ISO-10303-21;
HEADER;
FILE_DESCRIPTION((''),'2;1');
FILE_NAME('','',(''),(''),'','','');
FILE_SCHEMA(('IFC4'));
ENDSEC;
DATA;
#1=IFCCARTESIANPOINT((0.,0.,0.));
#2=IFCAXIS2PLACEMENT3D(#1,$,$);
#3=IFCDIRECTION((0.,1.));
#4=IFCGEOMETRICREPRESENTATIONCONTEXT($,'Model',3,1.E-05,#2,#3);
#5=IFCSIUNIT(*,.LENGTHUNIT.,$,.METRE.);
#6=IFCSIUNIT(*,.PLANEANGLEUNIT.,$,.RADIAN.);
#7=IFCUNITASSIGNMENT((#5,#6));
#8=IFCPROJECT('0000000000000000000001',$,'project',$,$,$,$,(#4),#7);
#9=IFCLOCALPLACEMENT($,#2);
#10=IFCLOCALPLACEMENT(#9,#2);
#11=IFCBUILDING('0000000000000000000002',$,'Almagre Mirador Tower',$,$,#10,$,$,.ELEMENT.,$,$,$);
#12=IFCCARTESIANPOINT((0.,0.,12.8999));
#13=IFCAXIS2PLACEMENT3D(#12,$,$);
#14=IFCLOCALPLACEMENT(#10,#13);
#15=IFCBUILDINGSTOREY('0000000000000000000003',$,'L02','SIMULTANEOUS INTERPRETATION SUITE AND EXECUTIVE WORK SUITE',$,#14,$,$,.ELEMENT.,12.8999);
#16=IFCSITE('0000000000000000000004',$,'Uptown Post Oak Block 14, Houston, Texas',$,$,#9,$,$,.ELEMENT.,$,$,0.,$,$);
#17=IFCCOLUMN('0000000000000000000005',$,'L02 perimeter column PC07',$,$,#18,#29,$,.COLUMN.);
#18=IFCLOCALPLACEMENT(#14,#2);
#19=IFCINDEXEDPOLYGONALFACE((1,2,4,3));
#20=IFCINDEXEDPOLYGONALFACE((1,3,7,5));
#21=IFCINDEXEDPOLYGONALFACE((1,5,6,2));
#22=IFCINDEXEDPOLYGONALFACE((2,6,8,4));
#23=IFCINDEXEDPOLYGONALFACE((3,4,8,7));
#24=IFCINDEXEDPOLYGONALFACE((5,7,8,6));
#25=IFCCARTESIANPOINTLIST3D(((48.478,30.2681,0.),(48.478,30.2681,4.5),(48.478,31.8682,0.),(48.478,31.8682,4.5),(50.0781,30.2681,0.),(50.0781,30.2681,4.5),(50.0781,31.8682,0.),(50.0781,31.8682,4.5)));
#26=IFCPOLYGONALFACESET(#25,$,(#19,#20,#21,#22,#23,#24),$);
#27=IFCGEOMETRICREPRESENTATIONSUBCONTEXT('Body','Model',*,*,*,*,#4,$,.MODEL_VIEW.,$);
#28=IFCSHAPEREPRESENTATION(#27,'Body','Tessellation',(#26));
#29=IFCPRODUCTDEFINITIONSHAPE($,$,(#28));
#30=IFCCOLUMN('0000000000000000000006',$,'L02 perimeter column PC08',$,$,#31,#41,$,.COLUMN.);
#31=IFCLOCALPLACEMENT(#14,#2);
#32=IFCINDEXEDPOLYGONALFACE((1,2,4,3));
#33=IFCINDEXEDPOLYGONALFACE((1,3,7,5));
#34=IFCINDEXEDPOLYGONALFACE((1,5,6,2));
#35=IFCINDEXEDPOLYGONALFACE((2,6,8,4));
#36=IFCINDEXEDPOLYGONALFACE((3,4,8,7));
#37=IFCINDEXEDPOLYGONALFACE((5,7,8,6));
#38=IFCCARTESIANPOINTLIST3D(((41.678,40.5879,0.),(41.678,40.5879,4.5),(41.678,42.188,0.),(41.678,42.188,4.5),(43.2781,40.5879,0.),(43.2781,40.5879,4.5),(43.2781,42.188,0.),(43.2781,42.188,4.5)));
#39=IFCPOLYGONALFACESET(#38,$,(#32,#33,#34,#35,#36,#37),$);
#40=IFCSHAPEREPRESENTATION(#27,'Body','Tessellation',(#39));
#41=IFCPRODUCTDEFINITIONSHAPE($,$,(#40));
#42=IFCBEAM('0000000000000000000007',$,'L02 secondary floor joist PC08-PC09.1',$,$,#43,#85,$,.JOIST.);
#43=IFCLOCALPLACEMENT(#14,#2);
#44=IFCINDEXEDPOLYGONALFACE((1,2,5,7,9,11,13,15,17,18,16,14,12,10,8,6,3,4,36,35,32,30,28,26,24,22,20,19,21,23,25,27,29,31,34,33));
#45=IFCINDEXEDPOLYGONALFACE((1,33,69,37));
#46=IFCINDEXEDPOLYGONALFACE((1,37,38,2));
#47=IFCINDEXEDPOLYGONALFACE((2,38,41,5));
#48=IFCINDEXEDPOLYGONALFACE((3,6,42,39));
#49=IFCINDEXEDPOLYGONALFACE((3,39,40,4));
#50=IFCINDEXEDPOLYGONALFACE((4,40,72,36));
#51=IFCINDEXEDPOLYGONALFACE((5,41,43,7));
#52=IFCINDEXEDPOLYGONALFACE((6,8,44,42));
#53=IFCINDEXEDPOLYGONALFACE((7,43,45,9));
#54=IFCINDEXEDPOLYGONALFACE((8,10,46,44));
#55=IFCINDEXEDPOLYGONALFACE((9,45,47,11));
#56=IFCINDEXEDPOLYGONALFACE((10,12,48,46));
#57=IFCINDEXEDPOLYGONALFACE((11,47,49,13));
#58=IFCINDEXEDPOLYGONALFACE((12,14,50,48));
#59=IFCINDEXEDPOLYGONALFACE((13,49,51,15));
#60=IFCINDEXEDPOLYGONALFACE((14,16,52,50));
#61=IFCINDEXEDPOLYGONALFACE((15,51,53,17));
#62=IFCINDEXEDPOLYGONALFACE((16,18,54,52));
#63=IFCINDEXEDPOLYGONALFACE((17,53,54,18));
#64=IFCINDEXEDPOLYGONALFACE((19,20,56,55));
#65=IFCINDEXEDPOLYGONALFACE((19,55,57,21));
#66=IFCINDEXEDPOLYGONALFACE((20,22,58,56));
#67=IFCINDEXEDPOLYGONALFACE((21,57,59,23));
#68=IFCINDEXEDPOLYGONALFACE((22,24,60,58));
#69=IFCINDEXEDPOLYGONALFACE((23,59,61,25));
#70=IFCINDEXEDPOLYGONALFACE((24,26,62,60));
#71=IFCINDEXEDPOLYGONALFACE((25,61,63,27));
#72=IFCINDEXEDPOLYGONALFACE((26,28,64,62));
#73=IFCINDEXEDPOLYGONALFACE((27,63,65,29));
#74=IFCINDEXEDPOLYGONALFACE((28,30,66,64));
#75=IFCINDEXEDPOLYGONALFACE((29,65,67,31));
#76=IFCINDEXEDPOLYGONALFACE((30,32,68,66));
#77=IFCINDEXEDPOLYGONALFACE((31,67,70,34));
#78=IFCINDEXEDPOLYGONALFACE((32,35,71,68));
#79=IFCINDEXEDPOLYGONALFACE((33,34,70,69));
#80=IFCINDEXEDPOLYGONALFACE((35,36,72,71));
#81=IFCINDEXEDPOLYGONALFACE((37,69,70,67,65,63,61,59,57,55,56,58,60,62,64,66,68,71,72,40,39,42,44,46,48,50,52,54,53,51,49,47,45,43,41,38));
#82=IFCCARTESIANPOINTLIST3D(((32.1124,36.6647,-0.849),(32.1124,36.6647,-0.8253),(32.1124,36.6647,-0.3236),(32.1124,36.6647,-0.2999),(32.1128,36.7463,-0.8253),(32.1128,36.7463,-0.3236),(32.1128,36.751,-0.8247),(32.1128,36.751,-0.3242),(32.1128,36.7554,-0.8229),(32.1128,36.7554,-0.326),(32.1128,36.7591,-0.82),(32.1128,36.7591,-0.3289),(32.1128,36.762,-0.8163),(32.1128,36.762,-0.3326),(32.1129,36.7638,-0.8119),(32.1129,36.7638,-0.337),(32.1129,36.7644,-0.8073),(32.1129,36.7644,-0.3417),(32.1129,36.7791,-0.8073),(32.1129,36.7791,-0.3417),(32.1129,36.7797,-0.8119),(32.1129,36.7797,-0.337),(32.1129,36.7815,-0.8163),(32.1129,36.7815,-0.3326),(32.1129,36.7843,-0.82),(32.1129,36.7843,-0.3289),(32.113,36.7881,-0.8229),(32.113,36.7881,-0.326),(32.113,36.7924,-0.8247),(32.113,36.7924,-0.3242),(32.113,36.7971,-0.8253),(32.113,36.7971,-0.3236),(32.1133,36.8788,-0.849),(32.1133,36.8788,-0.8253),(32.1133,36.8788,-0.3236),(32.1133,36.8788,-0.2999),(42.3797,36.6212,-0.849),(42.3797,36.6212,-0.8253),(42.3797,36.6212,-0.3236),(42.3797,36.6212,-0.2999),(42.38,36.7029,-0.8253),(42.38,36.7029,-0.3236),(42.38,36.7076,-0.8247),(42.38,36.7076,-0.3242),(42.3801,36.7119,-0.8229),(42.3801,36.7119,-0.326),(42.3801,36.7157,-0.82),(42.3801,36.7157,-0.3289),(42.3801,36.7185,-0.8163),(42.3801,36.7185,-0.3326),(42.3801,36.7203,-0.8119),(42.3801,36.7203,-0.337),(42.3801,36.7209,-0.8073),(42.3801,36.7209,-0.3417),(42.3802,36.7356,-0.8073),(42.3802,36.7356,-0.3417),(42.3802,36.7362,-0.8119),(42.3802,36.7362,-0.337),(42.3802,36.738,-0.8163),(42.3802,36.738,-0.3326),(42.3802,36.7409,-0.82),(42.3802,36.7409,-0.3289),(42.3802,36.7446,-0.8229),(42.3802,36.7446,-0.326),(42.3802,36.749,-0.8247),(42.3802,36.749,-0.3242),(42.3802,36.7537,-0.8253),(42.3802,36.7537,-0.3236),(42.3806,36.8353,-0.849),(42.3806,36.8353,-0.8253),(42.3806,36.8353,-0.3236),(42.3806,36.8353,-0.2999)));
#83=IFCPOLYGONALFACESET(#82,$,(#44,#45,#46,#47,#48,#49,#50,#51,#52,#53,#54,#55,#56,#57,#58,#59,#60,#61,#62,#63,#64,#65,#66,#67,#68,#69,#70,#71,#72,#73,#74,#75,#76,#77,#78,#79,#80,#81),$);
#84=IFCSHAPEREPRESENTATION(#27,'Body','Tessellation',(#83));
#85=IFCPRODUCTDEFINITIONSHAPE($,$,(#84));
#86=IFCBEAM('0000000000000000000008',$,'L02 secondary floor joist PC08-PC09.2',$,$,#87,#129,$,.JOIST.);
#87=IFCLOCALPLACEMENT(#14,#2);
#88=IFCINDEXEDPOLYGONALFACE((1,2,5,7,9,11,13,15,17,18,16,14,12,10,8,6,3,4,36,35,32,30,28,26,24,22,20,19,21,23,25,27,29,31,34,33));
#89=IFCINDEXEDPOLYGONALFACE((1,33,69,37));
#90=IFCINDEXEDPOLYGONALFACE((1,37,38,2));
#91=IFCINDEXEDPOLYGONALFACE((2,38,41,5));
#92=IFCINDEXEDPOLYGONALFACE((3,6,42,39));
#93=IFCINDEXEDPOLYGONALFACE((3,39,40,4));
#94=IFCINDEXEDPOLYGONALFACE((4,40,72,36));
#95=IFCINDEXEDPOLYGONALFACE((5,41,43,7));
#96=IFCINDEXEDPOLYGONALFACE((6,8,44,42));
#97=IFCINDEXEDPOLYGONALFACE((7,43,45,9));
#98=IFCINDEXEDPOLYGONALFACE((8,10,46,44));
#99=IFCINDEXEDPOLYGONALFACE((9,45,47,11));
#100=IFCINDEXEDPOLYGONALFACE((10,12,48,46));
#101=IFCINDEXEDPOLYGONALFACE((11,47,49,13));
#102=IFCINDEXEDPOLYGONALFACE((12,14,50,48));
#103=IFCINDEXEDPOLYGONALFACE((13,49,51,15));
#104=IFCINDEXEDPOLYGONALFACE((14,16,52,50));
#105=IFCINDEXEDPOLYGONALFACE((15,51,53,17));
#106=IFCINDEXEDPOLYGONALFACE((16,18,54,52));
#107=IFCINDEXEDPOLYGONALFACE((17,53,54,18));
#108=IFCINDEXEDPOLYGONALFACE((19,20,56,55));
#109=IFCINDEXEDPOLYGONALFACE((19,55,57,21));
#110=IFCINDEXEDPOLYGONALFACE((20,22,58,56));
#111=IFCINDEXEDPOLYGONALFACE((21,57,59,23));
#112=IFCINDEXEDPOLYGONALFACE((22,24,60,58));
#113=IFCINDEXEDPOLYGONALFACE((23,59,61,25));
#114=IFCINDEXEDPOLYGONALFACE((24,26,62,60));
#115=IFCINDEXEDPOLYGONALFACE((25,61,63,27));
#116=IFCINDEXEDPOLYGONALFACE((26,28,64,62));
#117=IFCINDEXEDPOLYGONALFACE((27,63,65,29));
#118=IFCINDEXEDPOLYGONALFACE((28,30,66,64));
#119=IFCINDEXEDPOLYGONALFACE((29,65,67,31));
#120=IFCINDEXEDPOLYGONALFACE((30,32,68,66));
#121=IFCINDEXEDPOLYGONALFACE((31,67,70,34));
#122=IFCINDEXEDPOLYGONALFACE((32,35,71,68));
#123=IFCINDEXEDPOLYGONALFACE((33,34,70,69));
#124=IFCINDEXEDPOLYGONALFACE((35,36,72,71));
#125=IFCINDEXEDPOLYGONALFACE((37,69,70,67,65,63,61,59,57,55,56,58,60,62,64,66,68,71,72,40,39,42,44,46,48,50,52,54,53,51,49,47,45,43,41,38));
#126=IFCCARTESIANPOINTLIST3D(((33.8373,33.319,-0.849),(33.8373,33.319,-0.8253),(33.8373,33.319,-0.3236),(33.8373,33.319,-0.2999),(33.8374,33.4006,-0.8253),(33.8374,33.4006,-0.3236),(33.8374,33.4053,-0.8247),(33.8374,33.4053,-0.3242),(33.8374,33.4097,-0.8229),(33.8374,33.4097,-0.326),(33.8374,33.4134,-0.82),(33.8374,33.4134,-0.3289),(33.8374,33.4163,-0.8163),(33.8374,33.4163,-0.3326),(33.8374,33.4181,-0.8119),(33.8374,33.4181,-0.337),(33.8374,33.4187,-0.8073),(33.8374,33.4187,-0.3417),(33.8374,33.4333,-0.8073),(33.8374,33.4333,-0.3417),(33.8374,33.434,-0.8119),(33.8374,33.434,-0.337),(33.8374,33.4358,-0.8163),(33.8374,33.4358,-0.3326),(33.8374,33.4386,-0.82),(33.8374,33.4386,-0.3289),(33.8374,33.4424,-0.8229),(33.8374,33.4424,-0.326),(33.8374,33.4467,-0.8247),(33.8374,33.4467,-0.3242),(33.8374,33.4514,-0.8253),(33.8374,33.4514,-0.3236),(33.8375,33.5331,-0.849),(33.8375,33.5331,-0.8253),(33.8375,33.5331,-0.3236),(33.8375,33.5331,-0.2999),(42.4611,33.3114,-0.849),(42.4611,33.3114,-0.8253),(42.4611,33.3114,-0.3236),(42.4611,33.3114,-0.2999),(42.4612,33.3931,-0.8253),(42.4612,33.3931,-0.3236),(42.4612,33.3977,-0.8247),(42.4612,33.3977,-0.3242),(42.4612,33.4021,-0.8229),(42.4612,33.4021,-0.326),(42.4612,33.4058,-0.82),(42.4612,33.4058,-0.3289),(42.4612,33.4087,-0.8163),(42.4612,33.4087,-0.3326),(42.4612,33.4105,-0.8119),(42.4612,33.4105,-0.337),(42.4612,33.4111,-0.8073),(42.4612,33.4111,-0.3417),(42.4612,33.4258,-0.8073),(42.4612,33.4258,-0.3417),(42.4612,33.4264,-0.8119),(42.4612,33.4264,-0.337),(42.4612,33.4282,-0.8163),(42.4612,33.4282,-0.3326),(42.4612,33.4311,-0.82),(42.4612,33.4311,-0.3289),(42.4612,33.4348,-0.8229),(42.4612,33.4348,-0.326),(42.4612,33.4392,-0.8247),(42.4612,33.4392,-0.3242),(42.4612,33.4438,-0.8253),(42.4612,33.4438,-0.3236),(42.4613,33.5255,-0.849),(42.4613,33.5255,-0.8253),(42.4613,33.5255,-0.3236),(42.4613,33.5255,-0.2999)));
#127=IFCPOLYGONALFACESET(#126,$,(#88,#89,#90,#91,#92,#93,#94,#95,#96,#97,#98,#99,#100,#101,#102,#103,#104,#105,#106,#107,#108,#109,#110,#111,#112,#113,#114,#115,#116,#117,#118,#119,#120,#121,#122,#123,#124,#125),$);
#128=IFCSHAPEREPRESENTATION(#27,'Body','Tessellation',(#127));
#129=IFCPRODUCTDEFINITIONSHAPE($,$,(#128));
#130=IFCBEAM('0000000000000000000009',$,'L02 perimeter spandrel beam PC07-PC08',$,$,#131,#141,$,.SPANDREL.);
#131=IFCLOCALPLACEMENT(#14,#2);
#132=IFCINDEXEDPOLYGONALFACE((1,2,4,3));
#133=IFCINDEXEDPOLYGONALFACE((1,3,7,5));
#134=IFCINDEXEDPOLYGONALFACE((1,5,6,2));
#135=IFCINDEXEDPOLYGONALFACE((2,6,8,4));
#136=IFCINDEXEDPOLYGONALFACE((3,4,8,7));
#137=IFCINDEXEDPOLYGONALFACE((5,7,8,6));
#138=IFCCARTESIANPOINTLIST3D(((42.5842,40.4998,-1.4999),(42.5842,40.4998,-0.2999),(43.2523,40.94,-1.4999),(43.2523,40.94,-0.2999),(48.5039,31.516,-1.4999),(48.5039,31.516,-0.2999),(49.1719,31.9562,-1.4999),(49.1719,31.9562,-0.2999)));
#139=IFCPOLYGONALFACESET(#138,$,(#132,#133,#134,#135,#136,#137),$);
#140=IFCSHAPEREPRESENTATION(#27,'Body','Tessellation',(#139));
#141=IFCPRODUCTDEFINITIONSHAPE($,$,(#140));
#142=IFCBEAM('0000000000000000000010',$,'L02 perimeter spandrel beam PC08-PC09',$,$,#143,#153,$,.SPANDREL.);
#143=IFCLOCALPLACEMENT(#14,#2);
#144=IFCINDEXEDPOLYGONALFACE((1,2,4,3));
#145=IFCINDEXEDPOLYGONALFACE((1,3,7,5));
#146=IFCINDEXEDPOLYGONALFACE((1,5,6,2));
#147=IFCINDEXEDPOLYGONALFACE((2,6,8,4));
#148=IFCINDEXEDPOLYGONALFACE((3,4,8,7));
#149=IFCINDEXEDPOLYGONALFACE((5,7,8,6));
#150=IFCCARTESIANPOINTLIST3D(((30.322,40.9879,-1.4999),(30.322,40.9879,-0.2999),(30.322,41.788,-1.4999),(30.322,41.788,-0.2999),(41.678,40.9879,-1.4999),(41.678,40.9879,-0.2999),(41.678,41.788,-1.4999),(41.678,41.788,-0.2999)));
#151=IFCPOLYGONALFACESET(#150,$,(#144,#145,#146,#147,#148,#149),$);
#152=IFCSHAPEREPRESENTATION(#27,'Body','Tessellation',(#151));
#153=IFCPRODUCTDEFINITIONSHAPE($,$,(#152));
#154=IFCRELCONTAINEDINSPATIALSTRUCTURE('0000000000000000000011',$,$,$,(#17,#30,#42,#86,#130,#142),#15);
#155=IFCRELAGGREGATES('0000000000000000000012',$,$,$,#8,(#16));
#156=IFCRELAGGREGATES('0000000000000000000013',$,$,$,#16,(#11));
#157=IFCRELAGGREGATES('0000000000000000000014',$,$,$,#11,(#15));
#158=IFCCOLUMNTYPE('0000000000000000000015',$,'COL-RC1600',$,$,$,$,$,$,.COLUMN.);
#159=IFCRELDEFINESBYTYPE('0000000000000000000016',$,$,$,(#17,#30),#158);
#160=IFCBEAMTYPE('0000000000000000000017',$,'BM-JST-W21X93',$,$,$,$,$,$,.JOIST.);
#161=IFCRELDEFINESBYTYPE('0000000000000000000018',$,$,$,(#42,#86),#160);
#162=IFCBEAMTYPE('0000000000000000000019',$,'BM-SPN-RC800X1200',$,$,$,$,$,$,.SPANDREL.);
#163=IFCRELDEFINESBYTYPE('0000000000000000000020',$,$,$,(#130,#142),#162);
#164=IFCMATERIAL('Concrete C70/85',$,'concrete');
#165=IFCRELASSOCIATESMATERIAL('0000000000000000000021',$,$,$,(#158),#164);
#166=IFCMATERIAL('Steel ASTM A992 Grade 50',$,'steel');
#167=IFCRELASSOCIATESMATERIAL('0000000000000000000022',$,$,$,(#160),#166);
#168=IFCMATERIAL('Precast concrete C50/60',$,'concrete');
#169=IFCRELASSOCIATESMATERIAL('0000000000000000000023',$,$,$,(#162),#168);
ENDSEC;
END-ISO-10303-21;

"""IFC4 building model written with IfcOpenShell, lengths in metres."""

from ifc_helpers import new_model, si_unit, direction, frame, origin, origin_2d, place, context, subcontext, project, spatial, rectangle, i_section, extrude, material, material_profile, profile_set, type_object, element, save


model = new_model("IFC4")

# Units and contexts
model_context = context("Model", 3, precision=1e-05, world=origin(), true_north=direction((0.0, 1.0)))
body_context = subcontext(model_context, "Body", "Model", "MODEL_VIEW")
ifc_project = project(units=[si_unit("LENGTHUNIT", "METRE"), si_unit("PLANEANGLEUNIT", "RADIAN")], contexts=[model_context])

# Site, building, storey
site_placement = place(None, origin())
site = spatial("IfcSite", under=ifc_project, at=site_placement, Name="Uptown Post Oak Block 14, Houston, Texas", CompositionType="ELEMENT", RefElevation=0.0)
building_placement = place(site_placement, origin())
building = spatial("IfcBuilding", under=site, at=building_placement, Name="Almagre Mirador Tower", CompositionType="ELEMENT")
storey_placement = place(building_placement, frame((0.0, 0.0, 12.8999)))
storey = spatial("IfcBuildingStorey", under=building, at=storey_placement, Name="L02", Description="SIMULTANEOUS INTERPRETATION SUITE AND EXECUTIVE WORK SUITE", CompositionType="ELEMENT", Elevation=12.8999)

# Columns
ifc_material_1 = material(Name="Concrete C70/85", Category="concrete")
ifc_material_profile_1 = material_profile(ifc_material_1, rectangle(XDim=1.6001, YDim=1.6001, at=origin_2d()), Name="RC1600X1600")
ifc_profile_set_1 = profile_set([ifc_material_profile_1], Name="Concrete C70/85")
column_type = type_object("IfcColumnType", Name="COL-RC1600", PredefinedType="COLUMN", material=ifc_profile_set_1)
for number, where, z_axis, x_axis, name in (
    (1, (49.2781, 31.0681, 0.0), (0.0, 0.0, 1.0), (1.0, 0.0, 0.0), "L02 perimeter column PC07"),
    (2, (42.478, 41.3879, 0.0), (0.0, 0.0, 1.0), (1.0, 0.0, 0.0), "L02 perimeter column PC08"),
):
    element("IfcColumn", number, at=place(storey_placement, frame(where, z_axis=z_axis, x_axis=x_axis)), inside=storey, type_object=column_type, Name=name, PredefinedType="COLUMN", context=body_context, shape_type="SweptSolid", body=[
        extrude(rectangle(XDim=1.6001, YDim=1.6001, at=origin_2d()), origin(), (0.0, 0.0, 1.0), 4.5),
    ])

# Beams
ifc_material_2 = material(Name="Steel ASTM A992 Grade 50", Category="steel")
ifc_material_profile_2 = material_profile(ifc_material_2, i_section(OverallWidth=0.2141, OverallDepth=0.5491, WebThickness=0.0146, FlangeThickness=0.0237, FilletRadius=0.0181, at=origin_2d()), Name="W21X93")
ifc_profile_set_2 = profile_set([ifc_material_profile_2], Name="Steel ASTM A992 Grade 50")
beam_type_1 = type_object("IfcBeamType", Name="BM-JST-W21X93", PredefinedType="JOIST", material=ifc_profile_set_2)
beam_1_placement = place(storey_placement, frame((42.3801, 36.7283, -0.5745), z_axis=(-0.999991, 0.004233, 0.0), x_axis=(-0.004233, -0.999991, 0.0)))
element("IfcBeam", 3, at=beam_1_placement, inside=storey, type_object=beam_type_1, Name="L02 secondary floor joist PC08-PC09.1", PredefinedType="JOIST", context=body_context, shape_type="SweptSolid", body=[
    extrude(i_section(OverallWidth=0.2141, OverallDepth=0.5491, WebThickness=0.0146, FlangeThickness=0.0237, FilletRadius=0.0181, at=origin_2d()), origin(), (0.0, 0.0, 1.0), 10.2673),
])
beam_2_placement = place(storey_placement, frame((42.4612, 33.4185, -0.5745), z_axis=(-1.0, 0.000878, 0.0), x_axis=(-0.000878, -1.0, 0.0)))
element("IfcBeam", 4, at=beam_2_placement, inside=storey, type_object=beam_type_1, Name="L02 secondary floor joist PC08-PC09.2", PredefinedType="JOIST", context=body_context, shape_type="SweptSolid", body=[
    extrude(i_section(OverallWidth=0.2141, OverallDepth=0.5491, WebThickness=0.0146, FlangeThickness=0.0237, FilletRadius=0.0181, at=origin_2d()), origin(), (0.0, 0.0, 1.0), 8.6238),
])
ifc_material_3 = material(Name="Precast concrete C50/60", Category="concrete")
ifc_material_profile_3 = material_profile(ifc_material_3, rectangle(XDim=0.8, YDim=1.2, at=origin_2d()), Name="RC800X1200")
ifc_profile_set_3 = profile_set([ifc_material_profile_3], Name="Precast concrete C50/60")
beam_type_2 = type_object("IfcBeamType", Name="BM-SPN-RC800X1200", PredefinedType="SPANDREL", material=ifc_profile_set_3)
beam_3_placement = place(storey_placement, frame((48.8379, 31.7361, -0.8999), z_axis=(-0.550215, 0.835023, 0.0), x_axis=(-0.835023, -0.550215, 0.0)))
element("IfcBeam", 5, at=beam_3_placement, inside=storey, type_object=beam_type_2, Name="L02 perimeter spandrel beam PC07-PC08", PredefinedType="SPANDREL", context=body_context, shape_type="SweptSolid", body=[
    extrude(rectangle(XDim=0.8, YDim=1.2, at=origin_2d()), origin(), (0.0, 0.0, 1.0), 10.7588),
])
beam_4_placement = place(storey_placement, frame((41.678, 41.3879, -0.8999), z_axis=(-1.0, 0.0, 0.0), x_axis=(0.0, -1.0, 0.0)))
element("IfcBeam", 6, at=beam_4_placement, inside=storey, type_object=beam_type_2, Name="L02 perimeter spandrel beam PC08-PC09", PredefinedType="SPANDREL", context=body_context, shape_type="SweptSolid", body=[
    extrude(rectangle(XDim=0.8, YDim=1.2, at=origin_2d()), origin(), (0.0, 0.0, 1.0), 11.356),
])

save(model, "model.ifc")
